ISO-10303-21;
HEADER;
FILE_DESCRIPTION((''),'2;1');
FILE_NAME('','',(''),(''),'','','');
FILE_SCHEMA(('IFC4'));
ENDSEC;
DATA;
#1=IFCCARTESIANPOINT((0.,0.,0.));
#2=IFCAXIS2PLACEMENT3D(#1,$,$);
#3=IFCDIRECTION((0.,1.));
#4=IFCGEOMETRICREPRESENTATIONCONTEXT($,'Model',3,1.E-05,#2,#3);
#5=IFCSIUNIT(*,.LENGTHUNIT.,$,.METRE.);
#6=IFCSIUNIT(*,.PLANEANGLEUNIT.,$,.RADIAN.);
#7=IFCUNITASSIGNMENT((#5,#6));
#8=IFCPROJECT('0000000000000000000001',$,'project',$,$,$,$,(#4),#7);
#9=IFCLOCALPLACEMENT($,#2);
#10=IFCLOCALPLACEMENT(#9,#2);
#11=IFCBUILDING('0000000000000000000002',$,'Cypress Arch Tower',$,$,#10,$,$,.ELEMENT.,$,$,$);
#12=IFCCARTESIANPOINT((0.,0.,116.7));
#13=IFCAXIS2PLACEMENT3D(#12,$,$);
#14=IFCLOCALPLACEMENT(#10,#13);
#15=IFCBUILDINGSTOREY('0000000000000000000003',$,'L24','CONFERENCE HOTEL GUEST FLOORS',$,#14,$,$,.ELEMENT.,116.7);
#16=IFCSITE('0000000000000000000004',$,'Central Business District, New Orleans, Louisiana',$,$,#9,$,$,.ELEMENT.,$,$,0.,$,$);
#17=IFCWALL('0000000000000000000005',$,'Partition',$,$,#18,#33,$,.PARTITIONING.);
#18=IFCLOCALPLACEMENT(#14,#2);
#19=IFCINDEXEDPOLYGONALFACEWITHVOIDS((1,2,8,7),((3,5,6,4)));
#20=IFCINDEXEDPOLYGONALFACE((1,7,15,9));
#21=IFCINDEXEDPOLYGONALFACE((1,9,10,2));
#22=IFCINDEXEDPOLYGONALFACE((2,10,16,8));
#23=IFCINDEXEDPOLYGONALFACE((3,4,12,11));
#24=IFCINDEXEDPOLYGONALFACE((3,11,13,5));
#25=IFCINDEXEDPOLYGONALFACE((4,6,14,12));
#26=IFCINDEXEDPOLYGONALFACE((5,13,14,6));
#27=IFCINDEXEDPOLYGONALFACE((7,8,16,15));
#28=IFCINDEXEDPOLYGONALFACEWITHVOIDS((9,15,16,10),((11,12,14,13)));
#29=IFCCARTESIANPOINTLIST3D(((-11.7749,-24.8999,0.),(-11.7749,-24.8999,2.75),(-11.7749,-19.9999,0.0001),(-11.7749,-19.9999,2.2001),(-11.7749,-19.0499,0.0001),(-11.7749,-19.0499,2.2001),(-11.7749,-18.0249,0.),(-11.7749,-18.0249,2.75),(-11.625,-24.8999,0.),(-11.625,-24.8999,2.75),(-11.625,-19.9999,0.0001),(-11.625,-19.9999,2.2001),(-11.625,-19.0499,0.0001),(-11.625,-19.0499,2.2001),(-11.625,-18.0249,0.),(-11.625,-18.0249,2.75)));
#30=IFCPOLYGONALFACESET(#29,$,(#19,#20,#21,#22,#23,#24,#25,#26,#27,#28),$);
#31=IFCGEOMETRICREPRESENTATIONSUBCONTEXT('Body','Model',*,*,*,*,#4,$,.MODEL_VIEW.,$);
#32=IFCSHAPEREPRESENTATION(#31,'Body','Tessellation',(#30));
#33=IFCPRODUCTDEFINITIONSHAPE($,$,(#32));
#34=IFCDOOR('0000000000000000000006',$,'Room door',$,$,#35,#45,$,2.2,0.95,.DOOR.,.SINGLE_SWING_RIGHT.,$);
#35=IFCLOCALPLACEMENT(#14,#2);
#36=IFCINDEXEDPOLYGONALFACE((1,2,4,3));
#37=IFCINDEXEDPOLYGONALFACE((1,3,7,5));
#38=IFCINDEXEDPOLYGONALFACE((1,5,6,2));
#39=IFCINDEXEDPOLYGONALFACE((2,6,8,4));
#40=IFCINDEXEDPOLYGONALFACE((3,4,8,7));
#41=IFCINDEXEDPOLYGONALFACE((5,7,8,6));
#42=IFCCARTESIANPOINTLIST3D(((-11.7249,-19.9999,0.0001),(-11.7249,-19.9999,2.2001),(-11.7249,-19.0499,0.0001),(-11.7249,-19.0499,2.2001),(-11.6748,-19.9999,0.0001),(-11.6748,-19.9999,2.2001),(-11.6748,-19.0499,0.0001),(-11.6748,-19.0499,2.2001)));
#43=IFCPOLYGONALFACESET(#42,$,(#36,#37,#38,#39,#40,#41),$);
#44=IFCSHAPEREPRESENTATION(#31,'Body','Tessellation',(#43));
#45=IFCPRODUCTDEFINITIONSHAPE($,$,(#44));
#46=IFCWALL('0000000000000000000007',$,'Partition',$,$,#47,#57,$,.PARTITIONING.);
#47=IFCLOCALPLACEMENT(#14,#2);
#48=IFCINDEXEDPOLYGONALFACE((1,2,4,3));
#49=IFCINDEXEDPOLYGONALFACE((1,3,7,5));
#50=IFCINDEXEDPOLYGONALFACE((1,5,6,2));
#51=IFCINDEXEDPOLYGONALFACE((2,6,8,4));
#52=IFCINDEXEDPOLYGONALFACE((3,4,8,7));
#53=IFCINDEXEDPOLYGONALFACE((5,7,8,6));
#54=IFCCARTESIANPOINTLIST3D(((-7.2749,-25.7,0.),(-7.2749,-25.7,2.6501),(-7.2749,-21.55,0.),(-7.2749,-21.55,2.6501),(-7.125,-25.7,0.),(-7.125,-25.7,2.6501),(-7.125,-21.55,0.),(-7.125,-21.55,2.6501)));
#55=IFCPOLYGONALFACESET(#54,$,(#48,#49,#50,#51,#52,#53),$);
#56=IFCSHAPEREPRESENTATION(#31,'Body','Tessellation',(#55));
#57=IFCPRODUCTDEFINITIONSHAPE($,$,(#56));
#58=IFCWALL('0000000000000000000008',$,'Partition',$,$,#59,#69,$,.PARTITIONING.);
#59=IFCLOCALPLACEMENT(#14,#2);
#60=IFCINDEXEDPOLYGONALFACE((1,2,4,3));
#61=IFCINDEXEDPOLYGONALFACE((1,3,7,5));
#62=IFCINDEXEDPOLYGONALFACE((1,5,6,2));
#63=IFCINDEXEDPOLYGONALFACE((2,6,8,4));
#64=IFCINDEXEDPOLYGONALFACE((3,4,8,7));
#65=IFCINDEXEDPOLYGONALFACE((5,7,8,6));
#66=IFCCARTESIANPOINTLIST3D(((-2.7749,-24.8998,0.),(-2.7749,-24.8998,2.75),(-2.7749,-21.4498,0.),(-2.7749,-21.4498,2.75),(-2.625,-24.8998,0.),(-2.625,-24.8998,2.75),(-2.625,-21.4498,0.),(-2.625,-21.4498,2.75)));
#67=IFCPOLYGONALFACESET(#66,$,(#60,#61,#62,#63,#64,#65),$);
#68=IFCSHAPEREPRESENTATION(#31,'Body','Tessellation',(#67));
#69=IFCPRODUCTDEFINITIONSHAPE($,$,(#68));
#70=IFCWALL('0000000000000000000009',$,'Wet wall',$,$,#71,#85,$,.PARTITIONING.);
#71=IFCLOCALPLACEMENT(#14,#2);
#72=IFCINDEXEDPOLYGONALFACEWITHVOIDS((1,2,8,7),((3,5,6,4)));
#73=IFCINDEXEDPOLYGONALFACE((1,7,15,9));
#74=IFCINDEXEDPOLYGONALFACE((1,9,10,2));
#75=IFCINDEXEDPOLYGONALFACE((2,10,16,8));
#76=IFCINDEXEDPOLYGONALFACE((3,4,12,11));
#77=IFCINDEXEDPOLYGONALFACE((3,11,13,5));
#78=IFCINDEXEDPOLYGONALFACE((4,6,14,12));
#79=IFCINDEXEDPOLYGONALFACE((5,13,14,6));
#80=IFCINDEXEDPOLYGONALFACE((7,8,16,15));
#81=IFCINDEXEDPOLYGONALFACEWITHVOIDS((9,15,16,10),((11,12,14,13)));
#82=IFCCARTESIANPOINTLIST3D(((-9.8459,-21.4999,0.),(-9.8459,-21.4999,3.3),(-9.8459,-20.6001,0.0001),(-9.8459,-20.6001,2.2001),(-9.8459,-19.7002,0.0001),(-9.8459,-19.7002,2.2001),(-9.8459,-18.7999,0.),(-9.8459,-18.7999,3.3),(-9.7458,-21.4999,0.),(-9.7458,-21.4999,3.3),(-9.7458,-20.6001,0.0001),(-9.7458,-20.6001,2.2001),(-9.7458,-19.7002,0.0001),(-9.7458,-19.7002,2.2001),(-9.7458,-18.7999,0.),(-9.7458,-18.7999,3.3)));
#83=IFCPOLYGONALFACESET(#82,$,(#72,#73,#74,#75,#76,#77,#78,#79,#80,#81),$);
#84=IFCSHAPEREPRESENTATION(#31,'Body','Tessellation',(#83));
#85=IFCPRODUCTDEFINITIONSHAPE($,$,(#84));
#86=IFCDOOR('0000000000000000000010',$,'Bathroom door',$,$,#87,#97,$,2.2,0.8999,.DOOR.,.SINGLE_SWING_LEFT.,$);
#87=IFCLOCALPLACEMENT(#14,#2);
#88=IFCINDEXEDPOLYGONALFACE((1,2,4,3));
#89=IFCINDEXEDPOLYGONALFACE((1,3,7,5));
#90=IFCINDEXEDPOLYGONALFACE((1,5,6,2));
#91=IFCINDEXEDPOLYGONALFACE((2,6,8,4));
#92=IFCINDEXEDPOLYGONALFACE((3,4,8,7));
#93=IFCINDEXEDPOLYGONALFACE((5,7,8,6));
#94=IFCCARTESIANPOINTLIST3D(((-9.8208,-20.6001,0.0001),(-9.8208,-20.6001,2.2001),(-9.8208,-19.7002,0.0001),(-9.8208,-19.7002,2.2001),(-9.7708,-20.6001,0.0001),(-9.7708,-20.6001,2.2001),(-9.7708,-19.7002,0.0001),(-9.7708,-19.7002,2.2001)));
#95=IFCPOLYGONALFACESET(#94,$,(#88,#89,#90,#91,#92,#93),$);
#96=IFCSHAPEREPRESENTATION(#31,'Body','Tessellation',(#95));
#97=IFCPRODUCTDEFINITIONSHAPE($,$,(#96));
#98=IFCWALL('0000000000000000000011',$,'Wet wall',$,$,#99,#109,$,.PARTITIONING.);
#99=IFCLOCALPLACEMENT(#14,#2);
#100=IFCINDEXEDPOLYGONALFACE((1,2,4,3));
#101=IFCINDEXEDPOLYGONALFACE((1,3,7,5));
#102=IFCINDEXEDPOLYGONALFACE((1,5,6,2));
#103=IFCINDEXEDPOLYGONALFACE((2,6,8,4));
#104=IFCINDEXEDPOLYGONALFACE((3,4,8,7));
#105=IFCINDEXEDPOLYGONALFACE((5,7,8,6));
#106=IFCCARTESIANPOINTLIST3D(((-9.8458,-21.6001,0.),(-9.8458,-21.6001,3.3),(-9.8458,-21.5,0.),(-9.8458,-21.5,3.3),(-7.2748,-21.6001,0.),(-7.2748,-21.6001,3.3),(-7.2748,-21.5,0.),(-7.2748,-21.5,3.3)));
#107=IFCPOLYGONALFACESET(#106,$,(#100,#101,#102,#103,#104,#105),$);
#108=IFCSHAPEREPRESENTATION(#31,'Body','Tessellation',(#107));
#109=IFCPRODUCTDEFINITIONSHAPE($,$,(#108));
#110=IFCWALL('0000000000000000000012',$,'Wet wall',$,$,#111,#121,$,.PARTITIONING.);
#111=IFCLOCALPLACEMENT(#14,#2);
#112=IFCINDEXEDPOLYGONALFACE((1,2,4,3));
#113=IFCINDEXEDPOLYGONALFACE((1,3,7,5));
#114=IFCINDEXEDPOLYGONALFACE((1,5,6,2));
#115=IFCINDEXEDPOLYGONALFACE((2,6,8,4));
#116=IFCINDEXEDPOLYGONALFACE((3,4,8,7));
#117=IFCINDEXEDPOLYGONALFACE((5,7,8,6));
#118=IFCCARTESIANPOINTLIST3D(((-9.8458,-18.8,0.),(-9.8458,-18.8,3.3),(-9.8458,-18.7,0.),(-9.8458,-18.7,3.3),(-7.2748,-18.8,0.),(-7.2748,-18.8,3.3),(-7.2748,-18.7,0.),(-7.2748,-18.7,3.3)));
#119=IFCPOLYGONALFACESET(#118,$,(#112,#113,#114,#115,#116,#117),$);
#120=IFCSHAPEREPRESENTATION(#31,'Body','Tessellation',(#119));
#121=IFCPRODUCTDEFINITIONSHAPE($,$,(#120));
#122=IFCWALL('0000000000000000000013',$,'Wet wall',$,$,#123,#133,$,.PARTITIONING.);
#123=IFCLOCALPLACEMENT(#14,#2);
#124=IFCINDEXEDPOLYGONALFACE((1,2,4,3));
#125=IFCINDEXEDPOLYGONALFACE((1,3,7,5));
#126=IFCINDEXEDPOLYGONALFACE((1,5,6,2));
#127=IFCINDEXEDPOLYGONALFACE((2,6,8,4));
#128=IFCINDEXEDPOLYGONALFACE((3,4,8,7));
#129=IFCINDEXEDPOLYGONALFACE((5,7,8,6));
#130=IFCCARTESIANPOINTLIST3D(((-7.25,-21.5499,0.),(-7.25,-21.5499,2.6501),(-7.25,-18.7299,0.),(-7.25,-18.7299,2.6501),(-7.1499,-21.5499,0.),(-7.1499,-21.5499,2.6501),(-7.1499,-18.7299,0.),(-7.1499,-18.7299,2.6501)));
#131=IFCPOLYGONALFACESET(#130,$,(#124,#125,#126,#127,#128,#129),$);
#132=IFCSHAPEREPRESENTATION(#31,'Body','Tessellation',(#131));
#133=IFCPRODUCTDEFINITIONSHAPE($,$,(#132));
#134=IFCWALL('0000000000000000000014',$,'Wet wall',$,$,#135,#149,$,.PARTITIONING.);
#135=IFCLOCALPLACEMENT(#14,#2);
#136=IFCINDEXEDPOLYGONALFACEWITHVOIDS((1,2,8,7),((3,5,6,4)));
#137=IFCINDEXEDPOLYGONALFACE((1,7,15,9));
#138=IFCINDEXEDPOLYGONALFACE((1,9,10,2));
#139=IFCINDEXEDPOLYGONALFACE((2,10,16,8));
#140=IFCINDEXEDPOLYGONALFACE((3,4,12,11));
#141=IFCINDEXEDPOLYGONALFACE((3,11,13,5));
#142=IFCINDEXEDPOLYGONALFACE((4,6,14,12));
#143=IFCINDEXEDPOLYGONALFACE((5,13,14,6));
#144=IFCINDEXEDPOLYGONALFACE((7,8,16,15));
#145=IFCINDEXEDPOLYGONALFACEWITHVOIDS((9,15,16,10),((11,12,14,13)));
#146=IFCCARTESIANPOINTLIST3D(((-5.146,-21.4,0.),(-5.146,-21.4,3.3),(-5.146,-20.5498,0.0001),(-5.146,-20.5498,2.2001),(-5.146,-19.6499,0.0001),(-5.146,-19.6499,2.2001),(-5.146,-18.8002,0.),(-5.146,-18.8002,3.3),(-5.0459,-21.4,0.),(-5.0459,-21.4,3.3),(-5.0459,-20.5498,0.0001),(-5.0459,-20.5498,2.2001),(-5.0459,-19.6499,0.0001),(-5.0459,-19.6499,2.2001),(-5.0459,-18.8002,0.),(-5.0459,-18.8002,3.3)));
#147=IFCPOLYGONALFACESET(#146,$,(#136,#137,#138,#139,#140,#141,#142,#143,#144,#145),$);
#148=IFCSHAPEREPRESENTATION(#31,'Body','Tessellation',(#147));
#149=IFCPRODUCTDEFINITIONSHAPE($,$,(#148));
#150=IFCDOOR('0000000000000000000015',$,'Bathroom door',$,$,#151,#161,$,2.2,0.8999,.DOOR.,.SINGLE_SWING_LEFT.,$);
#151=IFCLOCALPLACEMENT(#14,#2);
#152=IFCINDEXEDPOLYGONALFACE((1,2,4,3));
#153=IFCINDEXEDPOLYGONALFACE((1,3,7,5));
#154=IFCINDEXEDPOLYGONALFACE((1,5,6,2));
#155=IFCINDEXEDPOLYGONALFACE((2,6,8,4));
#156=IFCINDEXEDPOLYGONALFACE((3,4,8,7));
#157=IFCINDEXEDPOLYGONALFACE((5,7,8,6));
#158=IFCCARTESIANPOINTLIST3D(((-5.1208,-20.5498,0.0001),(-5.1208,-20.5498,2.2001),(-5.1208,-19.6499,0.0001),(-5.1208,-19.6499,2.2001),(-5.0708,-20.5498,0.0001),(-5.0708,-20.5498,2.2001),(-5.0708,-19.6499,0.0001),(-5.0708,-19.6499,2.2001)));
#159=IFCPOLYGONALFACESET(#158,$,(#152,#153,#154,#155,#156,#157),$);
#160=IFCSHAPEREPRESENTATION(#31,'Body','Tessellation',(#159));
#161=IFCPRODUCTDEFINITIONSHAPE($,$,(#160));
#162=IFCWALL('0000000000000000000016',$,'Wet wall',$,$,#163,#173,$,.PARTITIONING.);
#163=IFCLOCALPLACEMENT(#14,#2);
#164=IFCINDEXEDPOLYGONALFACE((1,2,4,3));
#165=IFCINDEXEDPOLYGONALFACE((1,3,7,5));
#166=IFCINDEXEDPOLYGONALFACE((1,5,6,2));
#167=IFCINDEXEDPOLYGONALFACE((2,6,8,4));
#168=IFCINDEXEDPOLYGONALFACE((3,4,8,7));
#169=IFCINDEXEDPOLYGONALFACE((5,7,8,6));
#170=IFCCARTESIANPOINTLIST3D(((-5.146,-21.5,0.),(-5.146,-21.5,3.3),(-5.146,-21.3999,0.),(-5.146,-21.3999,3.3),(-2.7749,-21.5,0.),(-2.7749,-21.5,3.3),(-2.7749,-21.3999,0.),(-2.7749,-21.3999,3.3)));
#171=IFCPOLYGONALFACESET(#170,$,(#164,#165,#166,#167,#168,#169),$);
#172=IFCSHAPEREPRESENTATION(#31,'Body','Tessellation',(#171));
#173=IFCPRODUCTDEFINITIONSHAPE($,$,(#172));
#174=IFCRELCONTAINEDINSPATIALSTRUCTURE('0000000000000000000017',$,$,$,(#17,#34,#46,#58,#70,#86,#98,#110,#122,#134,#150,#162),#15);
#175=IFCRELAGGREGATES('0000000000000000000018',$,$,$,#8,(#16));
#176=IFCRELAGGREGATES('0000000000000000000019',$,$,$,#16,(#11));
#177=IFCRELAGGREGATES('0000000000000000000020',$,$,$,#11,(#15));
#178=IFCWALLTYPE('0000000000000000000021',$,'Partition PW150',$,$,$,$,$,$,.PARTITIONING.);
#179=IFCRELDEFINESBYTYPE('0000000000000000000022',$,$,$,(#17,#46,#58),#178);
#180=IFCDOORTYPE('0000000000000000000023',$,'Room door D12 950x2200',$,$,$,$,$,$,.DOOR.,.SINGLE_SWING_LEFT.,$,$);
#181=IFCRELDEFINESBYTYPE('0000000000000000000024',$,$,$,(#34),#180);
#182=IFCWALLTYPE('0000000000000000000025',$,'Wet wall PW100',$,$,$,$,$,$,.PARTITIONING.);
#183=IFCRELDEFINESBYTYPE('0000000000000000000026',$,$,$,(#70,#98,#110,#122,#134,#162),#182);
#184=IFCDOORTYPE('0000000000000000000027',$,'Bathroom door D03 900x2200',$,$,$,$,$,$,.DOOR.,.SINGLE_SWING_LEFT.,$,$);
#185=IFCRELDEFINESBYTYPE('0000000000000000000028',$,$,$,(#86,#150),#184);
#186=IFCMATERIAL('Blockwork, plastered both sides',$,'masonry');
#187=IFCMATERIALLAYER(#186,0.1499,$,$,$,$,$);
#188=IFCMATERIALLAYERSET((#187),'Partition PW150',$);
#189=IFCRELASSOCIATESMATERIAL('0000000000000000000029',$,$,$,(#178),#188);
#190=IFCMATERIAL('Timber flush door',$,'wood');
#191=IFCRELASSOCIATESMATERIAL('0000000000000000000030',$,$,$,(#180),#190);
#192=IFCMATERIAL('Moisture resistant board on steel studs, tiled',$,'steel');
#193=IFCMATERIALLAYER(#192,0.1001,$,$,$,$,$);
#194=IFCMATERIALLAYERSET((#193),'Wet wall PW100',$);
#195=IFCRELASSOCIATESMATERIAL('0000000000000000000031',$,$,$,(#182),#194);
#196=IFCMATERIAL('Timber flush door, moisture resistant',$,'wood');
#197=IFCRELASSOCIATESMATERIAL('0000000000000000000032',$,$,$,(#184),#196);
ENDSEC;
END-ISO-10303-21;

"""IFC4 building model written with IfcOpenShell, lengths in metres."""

from ifc_helpers import new_model, si_unit, direction, frame, frame_2d, origin, place, context, subcontext, project, spatial, rectangle, extrude, material, layer, layer_set, type_object, element, fill, save


model = new_model("IFC4")

# Units and contexts
model_context = context("Model", 3, precision=1e-05, world=origin(), true_north=direction((0.0, 1.0)))
body_context = subcontext(model_context, "Body", "Model", "MODEL_VIEW")
ifc_project = project(units=[si_unit("LENGTHUNIT", "METRE"), si_unit("PLANEANGLEUNIT", "RADIAN")], contexts=[model_context])

# Site, building, storey
site_placement = place(None, origin())
site = spatial("IfcSite", under=ifc_project, at=site_placement, Name="Central Business District, New Orleans, Louisiana", CompositionType="ELEMENT", RefElevation=0.0)
building_placement = place(site_placement, origin())
building = spatial("IfcBuilding", under=site, at=building_placement, Name="Cypress Arch Tower", CompositionType="ELEMENT")
storey_placement = place(building_placement, frame((0.0, 0.0, 116.7)))
storey = spatial("IfcBuildingStorey", under=building, at=storey_placement, Name="L24", Description="CONFERENCE HOTEL GUEST FLOORS", CompositionType="ELEMENT", Elevation=116.7)

# Shared definitions
ifc_material_1 = material(Name="Blockwork, plastered both sides", Category="masonry")
ifc_layer_1 = layer(ifc_material_1, 0.1499)
ifc_layer_set_1 = layer_set([ifc_layer_1], Name="Partition PW150")
wall_type_1 = type_object("IfcWallType", Name="Partition PW150", PredefinedType="PARTITIONING", material=ifc_layer_set_1)

# Wall, opening, door
wall_1_placement = place(storey_placement, frame((-11.7, -24.8999, 0.0), z_axis=(0.0, 0.0, 1.0), x_axis=(0.0, 1.0, 0.0)))
wall_1 = element("IfcWall", 1, at=wall_1_placement, inside=storey, type_object=wall_type_1, Name="Partition", PredefinedType="PARTITIONING", context=body_context, shape_type="SweptSolid", body=[
    extrude(rectangle(XDim=6.875, YDim=0.1499, at=frame_2d((3.4375, 0.0))), origin(), (0.0, 0.0, 1.0), 2.75),
])
opening_1_placement = place(wall_1_placement, frame((4.8999, 0.0, 0.0)))
opening_1 = element("IfcOpeningElement", 2, at=opening_1_placement, cuts=wall_1, PredefinedType="OPENING", context=body_context, shape_type="SweptSolid", body=[
    extrude(rectangle(XDim=0.95, YDim=2.2, at=frame_2d((0.4751, 1.1001))), frame((0.0, 0.085, 0.0), z_axis=(0.0, -1.0, 0.0), x_axis=(1.0, 0.0, 0.0)), (0.0, 0.0, 1.0), 0.1699),
])
ifc_material_2 = material(Name="Timber flush door", Category="wood")
door_type_1 = type_object("IfcDoorType", Name="Room door D12 950x2200", OperationType="SINGLE_SWING_LEFT", PredefinedType="DOOR", material=ifc_material_2)
door_1_placement = place(opening_1_placement, origin())
door_1 = element("IfcDoor", 3, at=door_1_placement, inside=storey, type_object=door_type_1, Name="Room door", OperationType="SINGLE_SWING_RIGHT", OverallHeight=2.2, OverallWidth=0.95, PredefinedType="DOOR", context=body_context, shape_type="SweptSolid", body=[
    extrude(rectangle(XDim=0.95, YDim=2.2, at=frame_2d((0.4751, 1.1001))), frame((0.0, 0.0249, 0.0), z_axis=(0.0, -1.0, 0.0), x_axis=(1.0, 0.0, 0.0)), (0.0, 0.0, 1.0), 0.05),
])
fill(opening_1, door_1)

# Walls
wall_2_placement = place(storey_placement, frame((-7.2, -25.7, 0.0), z_axis=(0.0, 0.0, 1.0), x_axis=(0.0, 1.0, 0.0)))
element("IfcWall", 4, at=wall_2_placement, inside=storey, type_object=wall_type_1, Name="Partition", PredefinedType="PARTITIONING", context=body_context, shape_type="SweptSolid", body=[
    extrude(rectangle(XDim=4.1499, YDim=0.1499, at=frame_2d((2.075, 0.0))), origin(), (0.0, 0.0, 1.0), 2.6501),
])
wall_3_placement = place(storey_placement, frame((-2.7, -24.8999, 0.0), z_axis=(0.0, 0.0, 1.0), x_axis=(0.0, 1.0, 0.0)))
element("IfcWall", 5, at=wall_3_placement, inside=storey, type_object=wall_type_1, Name="Partition", PredefinedType="PARTITIONING", context=body_context, shape_type="SweptSolid", body=[
    extrude(rectangle(XDim=3.45, YDim=0.1499, at=frame_2d((1.7251, 0.0))), origin(), (0.0, 0.0, 1.0), 2.75),
])

# Wall, opening, door
ifc_material_3 = material(Name="Moisture resistant board on steel studs, tiled", Category="steel")
ifc_layer_2 = layer(ifc_material_3, 0.1001)
ifc_layer_set_2 = layer_set([ifc_layer_2], Name="Wet wall PW100")
wall_type_2 = type_object("IfcWallType", Name="Wet wall PW100", PredefinedType="PARTITIONING", material=ifc_layer_set_2)
wall_4_placement = place(storey_placement, frame((-9.7959, -21.5, 0.0), z_axis=(0.0, 0.0, 1.0), x_axis=(0.0, 1.0, 0.0)))
wall_4 = element("IfcWall", 6, at=wall_4_placement, inside=storey, type_object=wall_type_2, Name="Wet wall", PredefinedType="PARTITIONING", context=body_context, shape_type="SweptSolid", body=[
    extrude(rectangle(XDim=2.7, YDim=0.1001, at=frame_2d((1.3501, 0.0))), origin(), (0.0, 0.0, 1.0), 3.3),
])
opening_2_placement = place(wall_4_placement, frame((0.8999, 0.0, 0.0)))
opening_2 = element("IfcOpeningElement", 7, at=opening_2_placement, cuts=wall_4, PredefinedType="OPENING", context=body_context, shape_type="SweptSolid", body=[
    extrude(rectangle(XDim=0.8999, YDim=2.2, at=frame_2d((0.45, 1.1001))), frame((0.0, 0.0601, 0.0), z_axis=(0.0, -1.0, 0.0), x_axis=(1.0, 0.0, 0.0)), (0.0, 0.0, 1.0), 0.1201),
])
ifc_material_4 = material(Name="Timber flush door, moisture resistant", Category="wood")
door_type_2 = type_object("IfcDoorType", Name="Bathroom door D03 900x2200", OperationType="SINGLE_SWING_LEFT", PredefinedType="DOOR", material=ifc_material_4)
door_2_placement = place(opening_2_placement, origin())
door_2 = element("IfcDoor", 8, at=door_2_placement, inside=storey, type_object=door_type_2, Name="Bathroom door", OperationType="SINGLE_SWING_LEFT", OverallHeight=2.2, OverallWidth=0.8999, PredefinedType="DOOR", context=body_context, shape_type="SweptSolid", body=[
    extrude(rectangle(XDim=0.8999, YDim=2.2, at=frame_2d((0.45, 1.1001))), frame((0.0, 0.0249, 0.0), z_axis=(0.0, -1.0, 0.0), x_axis=(1.0, 0.0, 0.0)), (0.0, 0.0, 1.0), 0.05),
])
fill(opening_2, door_2)

# Walls
for number, where, z_axis, x_axis, name in (
    (9, (-9.8459, -21.55, 0.0), (0.0, 0.0, 1.0), (1.0, 0.0, 0.0), "Wet wall"),
    (10, (-9.8459, -18.75, 0.0), (0.0, 0.0, 1.0), (1.0, 0.0, 0.0), "Wet wall"),
):
    element("IfcWall", number, at=place(storey_placement, frame(where, z_axis=z_axis, x_axis=x_axis)), inside=storey, type_object=wall_type_2, Name=name, PredefinedType="PARTITIONING", context=body_context, shape_type="SweptSolid", body=[
        extrude(rectangle(XDim=2.571, YDim=0.1001, at=frame_2d((1.2856, 0.0))), origin(), (0.0, 0.0, 1.0), 3.3),
    ])
wall_5_placement = place(storey_placement, frame((-7.2, -21.55, 0.0), z_axis=(0.0, 0.0, 1.0), x_axis=(0.0, 1.0, 0.0)))
element("IfcWall", 11, at=wall_5_placement, inside=storey, type_object=wall_type_2, Name="Wet wall", PredefinedType="PARTITIONING", context=body_context, shape_type="SweptSolid", body=[
    extrude(rectangle(XDim=2.8201, YDim=0.1001, at=frame_2d((1.4102, 0.0))), origin(), (0.0, 0.0, 1.0), 2.6501),
])

# Wall, opening, door
wall_6_placement = place(storey_placement, frame((-5.0959, -21.3999, 0.0), z_axis=(0.0, 0.0, 1.0), x_axis=(0.0, 1.0, 0.0)))
wall_6 = element("IfcWall", 12, at=wall_6_placement, inside=storey, type_object=wall_type_2, Name="Wet wall", PredefinedType="PARTITIONING", context=body_context, shape_type="SweptSolid", body=[
    extrude(rectangle(XDim=2.5999, YDim=0.1001, at=frame_2d((1.2998, 0.0))), origin(), (0.0, 0.0, 1.0), 3.3),
])
opening_3_placement = place(wall_6_placement, frame((0.8501, 0.0, 0.0)))
opening_3 = element("IfcOpeningElement", 13, at=opening_3_placement, cuts=wall_6, PredefinedType="OPENING", context=body_context, shape_type="SweptSolid", body=[
    extrude(rectangle(XDim=0.8999, YDim=2.2, at=frame_2d((0.45, 1.1001))), frame((0.0, 0.0601, 0.0), z_axis=(0.0, -1.0, 0.0), x_axis=(1.0, 0.0, 0.0)), (0.0, 0.0, 1.0), 0.1201),
])
door_3_placement = place(opening_3_placement, origin())
door_3 = element("IfcDoor", 14, at=door_3_placement, inside=storey, type_object=door_type_2, Name="Bathroom door", OperationType="SINGLE_SWING_LEFT", OverallHeight=2.2, OverallWidth=0.8999, PredefinedType="DOOR", context=body_context, shape_type="SweptSolid", body=[
    extrude(rectangle(XDim=0.8999, YDim=2.2, at=frame_2d((0.45, 1.1001))), frame((0.0, 0.0249, 0.0), z_axis=(0.0, -1.0, 0.0), x_axis=(1.0, 0.0, 0.0)), (0.0, 0.0, 1.0), 0.05),
])
fill(opening_3, door_3)

# Wall
wall_7_placement = place(storey_placement, frame((-5.146, -21.45, 0.0), z_axis=(0.0, 0.0, 1.0), x_axis=(1.0, 0.0, 0.0)))
element("IfcWall", 15, at=wall_7_placement, inside=storey, type_object=wall_type_2, Name="Wet wall", PredefinedType="PARTITIONING", context=body_context, shape_type="SweptSolid", body=[
    extrude(rectangle(XDim=2.3711, YDim=0.1001, at=frame_2d((1.1855, 0.0))), origin(), (0.0, 0.0, 1.0), 3.3),
])

save(model, "model.ifc")
